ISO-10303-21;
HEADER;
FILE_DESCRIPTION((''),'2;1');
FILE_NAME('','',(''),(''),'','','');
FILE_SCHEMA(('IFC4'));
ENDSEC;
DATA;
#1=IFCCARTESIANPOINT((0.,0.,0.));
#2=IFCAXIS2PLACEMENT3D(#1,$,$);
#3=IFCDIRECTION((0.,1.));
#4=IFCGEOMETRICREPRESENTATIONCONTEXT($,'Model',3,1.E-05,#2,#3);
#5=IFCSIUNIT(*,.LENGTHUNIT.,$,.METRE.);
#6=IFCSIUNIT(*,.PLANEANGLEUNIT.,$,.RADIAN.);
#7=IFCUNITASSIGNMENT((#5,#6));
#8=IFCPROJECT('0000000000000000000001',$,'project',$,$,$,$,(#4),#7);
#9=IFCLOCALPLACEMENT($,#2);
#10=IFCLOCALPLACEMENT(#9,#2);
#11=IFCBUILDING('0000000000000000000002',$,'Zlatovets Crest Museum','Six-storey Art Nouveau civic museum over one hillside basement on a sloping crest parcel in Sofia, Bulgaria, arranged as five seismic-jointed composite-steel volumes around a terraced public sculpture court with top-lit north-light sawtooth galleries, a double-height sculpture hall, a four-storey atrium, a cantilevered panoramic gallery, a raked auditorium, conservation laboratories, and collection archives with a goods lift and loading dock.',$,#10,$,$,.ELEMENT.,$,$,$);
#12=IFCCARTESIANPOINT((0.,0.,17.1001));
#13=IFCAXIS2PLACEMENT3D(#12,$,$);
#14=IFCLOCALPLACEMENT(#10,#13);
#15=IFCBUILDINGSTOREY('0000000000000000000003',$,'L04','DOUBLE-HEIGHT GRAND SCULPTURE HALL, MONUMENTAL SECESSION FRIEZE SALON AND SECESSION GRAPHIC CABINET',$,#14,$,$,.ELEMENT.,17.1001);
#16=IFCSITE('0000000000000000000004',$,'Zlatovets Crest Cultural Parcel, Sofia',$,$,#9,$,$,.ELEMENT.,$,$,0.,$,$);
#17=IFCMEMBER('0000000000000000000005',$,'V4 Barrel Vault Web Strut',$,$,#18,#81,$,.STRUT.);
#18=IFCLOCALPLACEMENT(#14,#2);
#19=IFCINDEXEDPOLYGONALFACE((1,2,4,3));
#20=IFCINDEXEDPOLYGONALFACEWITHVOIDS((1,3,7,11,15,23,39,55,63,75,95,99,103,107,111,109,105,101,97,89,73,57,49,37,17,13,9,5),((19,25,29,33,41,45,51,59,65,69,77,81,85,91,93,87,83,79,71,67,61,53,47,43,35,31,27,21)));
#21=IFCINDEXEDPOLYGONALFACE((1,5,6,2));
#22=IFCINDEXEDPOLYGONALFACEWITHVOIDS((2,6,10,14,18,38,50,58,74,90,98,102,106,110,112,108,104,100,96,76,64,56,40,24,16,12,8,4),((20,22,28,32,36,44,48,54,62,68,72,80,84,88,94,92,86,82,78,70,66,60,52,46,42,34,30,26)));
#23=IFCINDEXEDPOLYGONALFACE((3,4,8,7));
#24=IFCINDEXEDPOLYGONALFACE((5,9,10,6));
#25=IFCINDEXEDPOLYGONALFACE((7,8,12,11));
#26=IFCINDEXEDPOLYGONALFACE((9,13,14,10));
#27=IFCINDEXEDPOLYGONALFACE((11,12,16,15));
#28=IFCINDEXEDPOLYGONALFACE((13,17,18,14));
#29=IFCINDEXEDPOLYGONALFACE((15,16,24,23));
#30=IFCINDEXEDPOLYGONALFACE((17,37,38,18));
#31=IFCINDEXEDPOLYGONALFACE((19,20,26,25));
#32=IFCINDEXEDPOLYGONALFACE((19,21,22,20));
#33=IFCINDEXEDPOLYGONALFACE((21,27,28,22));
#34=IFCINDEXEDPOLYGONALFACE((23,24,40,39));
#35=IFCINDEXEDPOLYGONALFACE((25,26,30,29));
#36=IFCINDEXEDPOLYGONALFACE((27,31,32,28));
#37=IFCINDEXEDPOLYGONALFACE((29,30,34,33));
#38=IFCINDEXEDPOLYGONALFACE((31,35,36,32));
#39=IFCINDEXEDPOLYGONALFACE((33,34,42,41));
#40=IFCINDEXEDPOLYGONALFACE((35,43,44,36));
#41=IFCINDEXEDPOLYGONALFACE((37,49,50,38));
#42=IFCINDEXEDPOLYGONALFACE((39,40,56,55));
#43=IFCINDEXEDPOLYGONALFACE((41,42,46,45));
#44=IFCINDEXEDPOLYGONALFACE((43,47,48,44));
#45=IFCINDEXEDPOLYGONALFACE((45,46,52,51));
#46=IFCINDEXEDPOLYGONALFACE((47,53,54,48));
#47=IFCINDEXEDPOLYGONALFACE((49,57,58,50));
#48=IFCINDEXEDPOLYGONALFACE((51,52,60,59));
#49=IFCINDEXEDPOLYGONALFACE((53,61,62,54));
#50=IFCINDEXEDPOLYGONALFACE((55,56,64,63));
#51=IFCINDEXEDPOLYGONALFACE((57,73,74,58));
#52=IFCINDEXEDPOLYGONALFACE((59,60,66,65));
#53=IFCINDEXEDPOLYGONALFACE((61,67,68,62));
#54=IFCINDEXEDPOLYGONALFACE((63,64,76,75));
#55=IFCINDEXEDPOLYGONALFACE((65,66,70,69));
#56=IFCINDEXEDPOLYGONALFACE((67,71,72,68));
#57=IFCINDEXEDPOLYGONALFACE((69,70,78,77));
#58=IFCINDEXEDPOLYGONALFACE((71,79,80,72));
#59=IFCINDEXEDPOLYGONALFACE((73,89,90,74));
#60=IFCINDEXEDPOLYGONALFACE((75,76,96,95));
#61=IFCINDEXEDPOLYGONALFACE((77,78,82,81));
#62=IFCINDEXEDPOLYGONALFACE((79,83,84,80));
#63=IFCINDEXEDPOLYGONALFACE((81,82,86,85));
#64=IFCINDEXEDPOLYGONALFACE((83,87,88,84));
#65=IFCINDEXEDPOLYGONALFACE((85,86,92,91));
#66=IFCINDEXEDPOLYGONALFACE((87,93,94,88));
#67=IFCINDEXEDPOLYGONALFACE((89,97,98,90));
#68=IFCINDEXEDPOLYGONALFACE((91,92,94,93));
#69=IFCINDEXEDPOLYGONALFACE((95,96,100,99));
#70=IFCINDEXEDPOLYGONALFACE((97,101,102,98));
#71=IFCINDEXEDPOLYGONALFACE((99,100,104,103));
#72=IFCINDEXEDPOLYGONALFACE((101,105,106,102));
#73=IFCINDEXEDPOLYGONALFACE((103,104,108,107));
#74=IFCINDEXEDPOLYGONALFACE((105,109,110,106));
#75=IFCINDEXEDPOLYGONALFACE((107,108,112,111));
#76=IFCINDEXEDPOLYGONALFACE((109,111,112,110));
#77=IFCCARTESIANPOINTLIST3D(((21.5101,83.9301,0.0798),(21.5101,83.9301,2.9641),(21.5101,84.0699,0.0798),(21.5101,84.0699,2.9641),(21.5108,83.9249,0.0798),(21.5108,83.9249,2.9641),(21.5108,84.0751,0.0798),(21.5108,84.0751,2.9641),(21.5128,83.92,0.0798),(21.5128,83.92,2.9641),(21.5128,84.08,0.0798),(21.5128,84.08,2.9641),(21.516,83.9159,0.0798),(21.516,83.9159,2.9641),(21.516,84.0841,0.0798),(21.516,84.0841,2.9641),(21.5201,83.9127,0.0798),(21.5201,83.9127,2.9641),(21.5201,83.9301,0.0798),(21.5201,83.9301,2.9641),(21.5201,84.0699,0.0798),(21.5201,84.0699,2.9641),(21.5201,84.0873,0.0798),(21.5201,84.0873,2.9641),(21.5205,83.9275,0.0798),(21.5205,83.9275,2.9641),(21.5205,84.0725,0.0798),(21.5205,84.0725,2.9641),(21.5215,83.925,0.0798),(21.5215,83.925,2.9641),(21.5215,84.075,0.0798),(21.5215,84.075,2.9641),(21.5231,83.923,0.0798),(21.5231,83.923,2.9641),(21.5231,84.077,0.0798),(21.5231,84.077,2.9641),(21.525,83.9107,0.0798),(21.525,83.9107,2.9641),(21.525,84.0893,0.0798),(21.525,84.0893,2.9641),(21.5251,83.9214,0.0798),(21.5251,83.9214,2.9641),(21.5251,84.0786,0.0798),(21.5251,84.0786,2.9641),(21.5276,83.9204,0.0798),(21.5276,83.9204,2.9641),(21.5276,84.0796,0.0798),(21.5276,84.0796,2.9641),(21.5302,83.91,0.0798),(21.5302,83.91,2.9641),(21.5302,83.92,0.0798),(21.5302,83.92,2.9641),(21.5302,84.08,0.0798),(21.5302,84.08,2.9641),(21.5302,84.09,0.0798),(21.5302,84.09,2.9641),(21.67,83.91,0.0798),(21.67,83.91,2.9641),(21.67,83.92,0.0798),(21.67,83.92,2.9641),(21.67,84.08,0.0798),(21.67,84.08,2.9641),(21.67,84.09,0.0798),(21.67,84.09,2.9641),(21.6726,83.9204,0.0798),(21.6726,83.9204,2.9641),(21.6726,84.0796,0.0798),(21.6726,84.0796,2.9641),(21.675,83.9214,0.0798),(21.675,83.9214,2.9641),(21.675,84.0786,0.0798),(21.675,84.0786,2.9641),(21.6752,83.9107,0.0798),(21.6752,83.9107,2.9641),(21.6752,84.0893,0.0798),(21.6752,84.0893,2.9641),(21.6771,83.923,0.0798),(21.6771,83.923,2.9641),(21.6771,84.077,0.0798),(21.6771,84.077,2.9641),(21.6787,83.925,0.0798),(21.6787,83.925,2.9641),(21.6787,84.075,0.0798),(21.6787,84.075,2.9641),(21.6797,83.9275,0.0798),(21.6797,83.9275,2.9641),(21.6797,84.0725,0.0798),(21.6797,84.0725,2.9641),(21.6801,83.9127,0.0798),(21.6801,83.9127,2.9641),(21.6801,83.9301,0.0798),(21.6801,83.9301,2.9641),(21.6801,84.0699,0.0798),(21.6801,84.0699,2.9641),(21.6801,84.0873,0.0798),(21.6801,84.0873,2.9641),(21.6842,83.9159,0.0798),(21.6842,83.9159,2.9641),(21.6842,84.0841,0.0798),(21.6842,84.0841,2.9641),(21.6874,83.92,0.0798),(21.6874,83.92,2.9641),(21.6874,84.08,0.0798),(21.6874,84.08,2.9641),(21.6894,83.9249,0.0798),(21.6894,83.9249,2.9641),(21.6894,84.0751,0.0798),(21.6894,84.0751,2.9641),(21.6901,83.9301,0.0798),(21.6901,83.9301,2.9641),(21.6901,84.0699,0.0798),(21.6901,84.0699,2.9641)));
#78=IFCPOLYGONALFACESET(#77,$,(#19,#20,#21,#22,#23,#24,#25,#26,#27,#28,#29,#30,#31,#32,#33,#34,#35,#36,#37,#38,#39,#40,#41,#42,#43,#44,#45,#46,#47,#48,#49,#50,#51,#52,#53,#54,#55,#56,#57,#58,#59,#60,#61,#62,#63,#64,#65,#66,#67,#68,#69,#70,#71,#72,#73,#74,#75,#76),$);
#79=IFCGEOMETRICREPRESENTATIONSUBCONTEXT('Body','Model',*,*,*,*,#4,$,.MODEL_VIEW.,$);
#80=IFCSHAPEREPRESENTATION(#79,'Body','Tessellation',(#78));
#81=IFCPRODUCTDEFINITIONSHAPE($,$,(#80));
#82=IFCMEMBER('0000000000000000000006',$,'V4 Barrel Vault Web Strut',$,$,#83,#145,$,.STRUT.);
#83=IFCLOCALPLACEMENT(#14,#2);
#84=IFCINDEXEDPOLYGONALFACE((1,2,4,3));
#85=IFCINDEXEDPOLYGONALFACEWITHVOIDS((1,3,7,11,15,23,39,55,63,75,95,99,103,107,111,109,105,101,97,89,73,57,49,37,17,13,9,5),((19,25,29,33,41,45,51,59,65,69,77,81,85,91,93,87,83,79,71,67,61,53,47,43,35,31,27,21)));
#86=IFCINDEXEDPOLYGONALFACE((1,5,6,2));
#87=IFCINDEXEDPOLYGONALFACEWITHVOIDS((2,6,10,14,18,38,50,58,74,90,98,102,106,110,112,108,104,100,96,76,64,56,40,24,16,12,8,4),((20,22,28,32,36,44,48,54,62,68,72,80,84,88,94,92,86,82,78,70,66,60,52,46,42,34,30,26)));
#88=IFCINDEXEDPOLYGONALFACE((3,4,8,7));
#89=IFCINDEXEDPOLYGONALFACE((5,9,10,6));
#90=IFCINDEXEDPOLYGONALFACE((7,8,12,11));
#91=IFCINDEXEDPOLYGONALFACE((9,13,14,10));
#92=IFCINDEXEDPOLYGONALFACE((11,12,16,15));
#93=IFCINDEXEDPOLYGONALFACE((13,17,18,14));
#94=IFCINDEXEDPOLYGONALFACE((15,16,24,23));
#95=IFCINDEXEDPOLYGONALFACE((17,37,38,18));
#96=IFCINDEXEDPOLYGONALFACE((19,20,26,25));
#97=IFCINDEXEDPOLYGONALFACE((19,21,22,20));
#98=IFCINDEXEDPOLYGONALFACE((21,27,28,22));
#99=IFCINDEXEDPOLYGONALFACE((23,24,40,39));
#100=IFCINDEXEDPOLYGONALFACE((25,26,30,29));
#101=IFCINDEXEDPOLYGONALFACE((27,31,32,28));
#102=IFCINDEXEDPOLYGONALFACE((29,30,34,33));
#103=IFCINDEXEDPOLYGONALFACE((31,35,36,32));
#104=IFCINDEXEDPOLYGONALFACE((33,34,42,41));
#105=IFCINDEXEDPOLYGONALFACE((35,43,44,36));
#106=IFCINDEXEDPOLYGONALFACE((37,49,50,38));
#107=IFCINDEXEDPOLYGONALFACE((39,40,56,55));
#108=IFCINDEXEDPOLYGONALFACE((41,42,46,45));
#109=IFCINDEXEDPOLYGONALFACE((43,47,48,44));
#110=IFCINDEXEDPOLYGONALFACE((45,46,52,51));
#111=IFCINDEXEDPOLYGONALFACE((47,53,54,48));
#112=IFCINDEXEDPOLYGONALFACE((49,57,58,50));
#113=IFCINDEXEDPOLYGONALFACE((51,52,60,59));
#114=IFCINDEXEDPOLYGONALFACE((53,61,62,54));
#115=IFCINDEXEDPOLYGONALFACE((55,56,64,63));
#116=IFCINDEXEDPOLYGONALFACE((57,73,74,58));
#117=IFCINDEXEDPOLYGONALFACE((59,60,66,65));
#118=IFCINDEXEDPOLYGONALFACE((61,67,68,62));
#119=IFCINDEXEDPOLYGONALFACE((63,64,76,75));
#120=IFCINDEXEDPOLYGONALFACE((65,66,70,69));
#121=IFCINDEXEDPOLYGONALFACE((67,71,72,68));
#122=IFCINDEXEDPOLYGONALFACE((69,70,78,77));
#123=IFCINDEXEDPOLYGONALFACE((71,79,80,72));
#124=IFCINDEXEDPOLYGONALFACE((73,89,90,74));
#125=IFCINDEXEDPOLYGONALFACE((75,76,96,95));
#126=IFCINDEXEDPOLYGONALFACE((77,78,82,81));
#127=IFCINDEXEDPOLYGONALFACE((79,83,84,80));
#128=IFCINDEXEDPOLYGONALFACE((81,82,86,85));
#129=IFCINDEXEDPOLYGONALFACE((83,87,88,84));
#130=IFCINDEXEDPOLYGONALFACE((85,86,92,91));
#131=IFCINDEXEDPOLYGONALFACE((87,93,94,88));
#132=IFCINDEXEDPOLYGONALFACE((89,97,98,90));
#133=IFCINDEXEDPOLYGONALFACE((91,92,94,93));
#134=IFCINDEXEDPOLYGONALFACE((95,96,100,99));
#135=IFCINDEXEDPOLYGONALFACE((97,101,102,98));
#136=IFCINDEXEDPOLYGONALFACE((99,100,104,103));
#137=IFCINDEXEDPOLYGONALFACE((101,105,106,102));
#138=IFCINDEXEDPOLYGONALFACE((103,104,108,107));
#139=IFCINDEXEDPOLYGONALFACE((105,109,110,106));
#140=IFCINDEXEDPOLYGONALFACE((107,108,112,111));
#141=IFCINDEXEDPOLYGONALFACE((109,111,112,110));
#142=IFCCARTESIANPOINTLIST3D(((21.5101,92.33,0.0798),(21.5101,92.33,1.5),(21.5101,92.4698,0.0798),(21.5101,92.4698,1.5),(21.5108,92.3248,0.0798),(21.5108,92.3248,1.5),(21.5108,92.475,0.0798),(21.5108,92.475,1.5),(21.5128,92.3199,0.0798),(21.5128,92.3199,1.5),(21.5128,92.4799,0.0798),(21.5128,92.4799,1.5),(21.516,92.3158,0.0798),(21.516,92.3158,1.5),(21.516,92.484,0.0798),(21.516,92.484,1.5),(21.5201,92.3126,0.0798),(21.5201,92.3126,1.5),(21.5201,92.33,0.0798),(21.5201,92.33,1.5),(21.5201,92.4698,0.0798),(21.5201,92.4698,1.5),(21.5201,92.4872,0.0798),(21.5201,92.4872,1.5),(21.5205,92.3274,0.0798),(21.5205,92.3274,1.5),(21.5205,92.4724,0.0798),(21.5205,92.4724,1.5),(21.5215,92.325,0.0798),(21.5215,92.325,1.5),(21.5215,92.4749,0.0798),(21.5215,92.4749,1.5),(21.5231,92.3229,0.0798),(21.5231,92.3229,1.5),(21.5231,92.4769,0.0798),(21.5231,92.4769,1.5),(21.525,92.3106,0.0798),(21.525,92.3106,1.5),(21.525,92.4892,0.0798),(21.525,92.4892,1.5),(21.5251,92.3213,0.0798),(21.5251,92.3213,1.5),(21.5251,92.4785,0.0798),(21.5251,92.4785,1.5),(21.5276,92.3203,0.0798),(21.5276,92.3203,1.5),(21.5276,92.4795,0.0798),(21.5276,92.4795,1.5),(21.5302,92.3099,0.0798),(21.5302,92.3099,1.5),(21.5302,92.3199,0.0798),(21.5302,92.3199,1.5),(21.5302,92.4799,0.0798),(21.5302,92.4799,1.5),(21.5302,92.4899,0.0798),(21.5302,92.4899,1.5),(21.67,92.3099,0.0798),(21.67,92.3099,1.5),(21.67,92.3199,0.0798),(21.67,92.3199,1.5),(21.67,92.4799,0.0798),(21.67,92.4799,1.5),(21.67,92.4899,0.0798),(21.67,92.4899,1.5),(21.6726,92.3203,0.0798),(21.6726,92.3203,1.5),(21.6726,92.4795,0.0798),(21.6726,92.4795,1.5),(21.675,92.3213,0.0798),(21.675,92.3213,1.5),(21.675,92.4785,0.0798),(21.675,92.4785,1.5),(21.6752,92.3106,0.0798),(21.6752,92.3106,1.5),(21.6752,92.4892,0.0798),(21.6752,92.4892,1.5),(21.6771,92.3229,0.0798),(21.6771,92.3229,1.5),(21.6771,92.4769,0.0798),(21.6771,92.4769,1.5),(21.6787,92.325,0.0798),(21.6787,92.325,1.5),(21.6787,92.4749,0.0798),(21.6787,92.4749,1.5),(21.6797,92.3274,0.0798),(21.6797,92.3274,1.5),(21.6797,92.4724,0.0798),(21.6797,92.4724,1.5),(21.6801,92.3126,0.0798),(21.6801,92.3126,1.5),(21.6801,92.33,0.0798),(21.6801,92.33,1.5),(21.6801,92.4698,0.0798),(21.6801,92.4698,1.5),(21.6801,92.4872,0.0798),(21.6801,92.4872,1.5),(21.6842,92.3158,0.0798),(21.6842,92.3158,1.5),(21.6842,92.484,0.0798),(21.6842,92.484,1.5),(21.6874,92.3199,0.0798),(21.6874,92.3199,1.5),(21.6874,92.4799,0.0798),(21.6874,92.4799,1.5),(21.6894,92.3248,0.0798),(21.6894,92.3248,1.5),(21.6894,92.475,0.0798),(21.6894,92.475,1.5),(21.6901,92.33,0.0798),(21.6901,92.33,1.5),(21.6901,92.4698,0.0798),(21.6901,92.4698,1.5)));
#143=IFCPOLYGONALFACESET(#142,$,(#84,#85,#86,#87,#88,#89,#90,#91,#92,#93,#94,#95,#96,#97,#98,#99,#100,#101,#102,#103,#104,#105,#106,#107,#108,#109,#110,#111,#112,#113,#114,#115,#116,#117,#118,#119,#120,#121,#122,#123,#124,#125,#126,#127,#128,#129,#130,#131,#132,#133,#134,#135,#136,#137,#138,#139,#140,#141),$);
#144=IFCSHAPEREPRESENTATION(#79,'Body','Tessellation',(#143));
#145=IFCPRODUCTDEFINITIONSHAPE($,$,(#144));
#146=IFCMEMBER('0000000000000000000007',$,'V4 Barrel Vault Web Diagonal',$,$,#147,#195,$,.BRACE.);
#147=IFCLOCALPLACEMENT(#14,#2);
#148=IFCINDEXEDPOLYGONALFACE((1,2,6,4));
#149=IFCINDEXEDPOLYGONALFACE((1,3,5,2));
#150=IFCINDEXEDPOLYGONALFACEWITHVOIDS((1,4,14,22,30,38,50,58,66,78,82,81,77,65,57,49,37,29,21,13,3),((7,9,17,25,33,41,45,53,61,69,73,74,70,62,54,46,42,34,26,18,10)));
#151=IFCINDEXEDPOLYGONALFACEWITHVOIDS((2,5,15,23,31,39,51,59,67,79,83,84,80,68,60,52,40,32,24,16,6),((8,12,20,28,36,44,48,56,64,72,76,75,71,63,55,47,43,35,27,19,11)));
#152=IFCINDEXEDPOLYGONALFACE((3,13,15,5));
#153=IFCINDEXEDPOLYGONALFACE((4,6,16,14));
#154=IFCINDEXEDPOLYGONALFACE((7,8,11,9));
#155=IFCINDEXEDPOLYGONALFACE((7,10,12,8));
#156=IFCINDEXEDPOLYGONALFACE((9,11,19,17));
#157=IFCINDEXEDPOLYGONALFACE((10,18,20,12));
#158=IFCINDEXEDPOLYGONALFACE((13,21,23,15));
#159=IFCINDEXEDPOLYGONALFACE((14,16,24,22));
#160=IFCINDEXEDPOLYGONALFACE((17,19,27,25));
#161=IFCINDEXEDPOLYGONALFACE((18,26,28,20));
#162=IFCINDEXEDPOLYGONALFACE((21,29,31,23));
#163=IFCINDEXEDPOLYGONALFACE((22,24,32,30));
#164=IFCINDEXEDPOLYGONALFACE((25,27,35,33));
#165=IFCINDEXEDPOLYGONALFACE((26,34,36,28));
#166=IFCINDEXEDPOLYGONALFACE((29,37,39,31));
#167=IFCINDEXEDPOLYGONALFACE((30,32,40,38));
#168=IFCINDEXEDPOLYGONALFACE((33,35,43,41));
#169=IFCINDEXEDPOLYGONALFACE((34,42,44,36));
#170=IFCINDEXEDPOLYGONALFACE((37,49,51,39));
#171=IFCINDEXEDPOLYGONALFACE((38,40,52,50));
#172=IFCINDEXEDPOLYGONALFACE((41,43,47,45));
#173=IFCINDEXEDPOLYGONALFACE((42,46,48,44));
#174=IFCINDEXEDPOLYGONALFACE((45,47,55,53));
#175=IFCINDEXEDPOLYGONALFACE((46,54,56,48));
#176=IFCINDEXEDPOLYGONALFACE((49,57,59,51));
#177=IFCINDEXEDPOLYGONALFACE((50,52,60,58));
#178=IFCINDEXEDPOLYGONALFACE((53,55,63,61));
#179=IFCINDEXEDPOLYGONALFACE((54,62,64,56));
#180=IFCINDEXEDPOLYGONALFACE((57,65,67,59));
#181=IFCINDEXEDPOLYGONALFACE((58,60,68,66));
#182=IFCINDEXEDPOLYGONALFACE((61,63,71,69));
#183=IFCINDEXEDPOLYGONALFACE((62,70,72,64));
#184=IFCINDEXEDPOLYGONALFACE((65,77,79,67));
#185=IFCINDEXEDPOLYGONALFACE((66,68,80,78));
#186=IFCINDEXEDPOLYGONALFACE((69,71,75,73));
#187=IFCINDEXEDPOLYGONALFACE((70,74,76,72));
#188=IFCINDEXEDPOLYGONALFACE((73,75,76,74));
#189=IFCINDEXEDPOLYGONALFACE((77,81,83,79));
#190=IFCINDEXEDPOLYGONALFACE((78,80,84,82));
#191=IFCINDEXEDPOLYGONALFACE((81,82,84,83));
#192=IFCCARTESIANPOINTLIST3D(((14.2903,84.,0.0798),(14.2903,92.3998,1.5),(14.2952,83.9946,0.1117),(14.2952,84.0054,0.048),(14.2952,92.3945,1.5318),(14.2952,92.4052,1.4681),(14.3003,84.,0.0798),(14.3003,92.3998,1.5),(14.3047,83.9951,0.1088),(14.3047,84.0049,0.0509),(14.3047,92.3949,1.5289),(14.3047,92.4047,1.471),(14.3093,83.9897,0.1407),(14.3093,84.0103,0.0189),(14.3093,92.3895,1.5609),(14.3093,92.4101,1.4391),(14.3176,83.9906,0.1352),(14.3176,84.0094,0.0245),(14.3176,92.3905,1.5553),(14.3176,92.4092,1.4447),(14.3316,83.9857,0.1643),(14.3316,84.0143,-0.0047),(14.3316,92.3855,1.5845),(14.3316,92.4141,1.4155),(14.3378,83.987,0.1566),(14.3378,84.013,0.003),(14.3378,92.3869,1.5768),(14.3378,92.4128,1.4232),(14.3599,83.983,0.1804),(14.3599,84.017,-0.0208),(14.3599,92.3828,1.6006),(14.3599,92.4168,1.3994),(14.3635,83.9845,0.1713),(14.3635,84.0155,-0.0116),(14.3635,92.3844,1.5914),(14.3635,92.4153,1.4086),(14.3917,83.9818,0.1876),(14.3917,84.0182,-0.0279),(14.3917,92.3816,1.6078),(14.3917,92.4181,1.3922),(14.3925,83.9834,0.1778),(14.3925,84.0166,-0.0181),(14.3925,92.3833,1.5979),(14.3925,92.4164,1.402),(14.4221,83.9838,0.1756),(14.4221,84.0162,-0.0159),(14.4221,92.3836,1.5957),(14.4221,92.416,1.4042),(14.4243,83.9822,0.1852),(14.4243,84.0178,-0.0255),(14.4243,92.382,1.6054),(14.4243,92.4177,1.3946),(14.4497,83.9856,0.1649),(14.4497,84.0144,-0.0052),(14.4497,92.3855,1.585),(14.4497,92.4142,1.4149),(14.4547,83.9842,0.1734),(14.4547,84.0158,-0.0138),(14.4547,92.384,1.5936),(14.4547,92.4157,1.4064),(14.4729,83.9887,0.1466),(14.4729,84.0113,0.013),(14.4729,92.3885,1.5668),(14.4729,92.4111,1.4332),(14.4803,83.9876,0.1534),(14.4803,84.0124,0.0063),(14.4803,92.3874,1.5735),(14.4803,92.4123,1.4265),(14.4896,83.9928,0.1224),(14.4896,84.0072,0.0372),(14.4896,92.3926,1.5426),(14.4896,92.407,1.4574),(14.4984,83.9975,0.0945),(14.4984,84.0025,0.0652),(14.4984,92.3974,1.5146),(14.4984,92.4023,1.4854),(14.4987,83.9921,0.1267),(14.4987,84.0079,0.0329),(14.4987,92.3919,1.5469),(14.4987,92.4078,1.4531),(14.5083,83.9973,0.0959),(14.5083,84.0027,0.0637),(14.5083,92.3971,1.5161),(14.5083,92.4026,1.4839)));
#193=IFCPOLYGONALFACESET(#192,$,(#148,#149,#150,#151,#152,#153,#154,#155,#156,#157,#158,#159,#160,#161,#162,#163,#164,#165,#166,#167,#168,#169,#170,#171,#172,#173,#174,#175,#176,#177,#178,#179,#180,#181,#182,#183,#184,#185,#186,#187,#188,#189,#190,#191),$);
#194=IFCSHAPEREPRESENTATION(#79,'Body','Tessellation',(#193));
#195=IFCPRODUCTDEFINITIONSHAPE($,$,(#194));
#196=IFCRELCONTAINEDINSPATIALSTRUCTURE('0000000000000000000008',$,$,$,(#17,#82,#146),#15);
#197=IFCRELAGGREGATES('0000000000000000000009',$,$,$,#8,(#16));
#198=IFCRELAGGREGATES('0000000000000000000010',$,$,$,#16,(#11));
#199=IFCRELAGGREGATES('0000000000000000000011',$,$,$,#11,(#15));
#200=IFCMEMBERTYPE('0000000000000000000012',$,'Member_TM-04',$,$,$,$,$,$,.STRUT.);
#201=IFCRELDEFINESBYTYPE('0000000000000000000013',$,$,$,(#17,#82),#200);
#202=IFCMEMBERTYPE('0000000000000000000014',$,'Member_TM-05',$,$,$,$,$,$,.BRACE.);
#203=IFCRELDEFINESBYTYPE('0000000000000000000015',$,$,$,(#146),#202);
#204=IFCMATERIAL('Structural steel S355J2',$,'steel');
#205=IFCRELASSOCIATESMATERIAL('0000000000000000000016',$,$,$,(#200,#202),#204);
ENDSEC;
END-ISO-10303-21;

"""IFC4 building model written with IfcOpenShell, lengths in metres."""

from ifc_helpers import new_model, si_unit, direction, frame, origin, origin_2d, place, context, subcontext, project, spatial, hollow_rectangle, hollow_circle, extrude, material, material_profile, profile_set, type_object, element, save


model = new_model("IFC4")

# Units and contexts
model_context = context("Model", 3, precision=1e-05, world=origin(), true_north=direction((0.0, 1.0)))
body_context = subcontext(model_context, "Body", "Model", "MODEL_VIEW")
ifc_project = project(units=[si_unit("LENGTHUNIT", "METRE"), si_unit("PLANEANGLEUNIT", "RADIAN")], contexts=[model_context])

# Site, building, storey
site_placement = place(None, origin())
site = spatial("IfcSite", under=ifc_project, at=site_placement, Name="Zlatovets Crest Cultural Parcel, Sofia", CompositionType="ELEMENT", RefElevation=0.0)
building_placement = place(site_placement, origin())
building = spatial("IfcBuilding", under=site, at=building_placement, Name="Zlatovets Crest Museum", Description="Six-storey Art Nouveau civic museum over one hillside basement on a sloping crest parcel in Sofia, Bulgaria, arranged as five seismic-jointed composite-steel volumes around a terraced public sculpture court with top-lit north-light sawtooth galleries, a double-height sculpture hall, a four-storey atrium, a cantilevered panoramic gallery, a raked auditorium, conservation laboratories, and collection archives with a goods lift and loading dock.", CompositionType="ELEMENT")
storey_placement = place(building_placement, frame((0.0, 0.0, 17.1001)))
storey = spatial("IfcBuildingStorey", under=building, at=storey_placement, Name="L04", Description="DOUBLE-HEIGHT GRAND SCULPTURE HALL, MONUMENTAL SECESSION FRIEZE SALON AND SECESSION GRAPHIC CABINET", CompositionType="ELEMENT", Elevation=17.1001)

# Shared definitions
ifc_material_1 = material(Name="Structural steel S355J2", Category="steel")

# Members
ifc_material_profile_1 = material_profile(ifc_material_1, hollow_rectangle(XDim=0.1799, YDim=0.1799, WallThickness=0.01, InnerFilletRadius=0.01, OuterFilletRadius=0.02, at=origin_2d()), Name="SHS 180x180x10.0")
ifc_profile_set_1 = profile_set([ifc_material_profile_1], Name="Structural steel S355J2")
member_type_1 = type_object("IfcMemberType", Name="Member_TM-04", PredefinedType="STRUT", material=ifc_profile_set_1)
member_1_placement = place(storey_placement, frame((21.6001, 84.0, 0.0798), z_axis=(0.0, 0.0, 1.0), x_axis=(1.0, 0.0, 0.0)))
element("IfcMember", 1, at=member_1_placement, inside=storey, type_object=member_type_1, Name="V4 Barrel Vault Web Strut", PredefinedType="STRUT", context=body_context, shape_type="SweptSolid", body=[
    extrude(hollow_rectangle(XDim=0.1799, YDim=0.1799, WallThickness=0.01, InnerFilletRadius=0.01, OuterFilletRadius=0.02, at=origin_2d()), origin(), (0.0, 0.0, 1.0), 2.8843),
])
member_2_placement = place(storey_placement, frame((21.6001, 92.3999, 0.0798), z_axis=(0.0, 0.0, 1.0), x_axis=(1.0, 0.0, 0.0)))
element("IfcMember", 2, at=member_2_placement, inside=storey, type_object=member_type_1, Name="V4 Barrel Vault Web Strut", PredefinedType="STRUT", context=body_context, shape_type="SweptSolid", body=[
    extrude(hollow_rectangle(XDim=0.1799, YDim=0.1799, WallThickness=0.01, InnerFilletRadius=0.01, OuterFilletRadius=0.02, at=origin_2d()), origin(), (0.0, 0.0, 1.0), 1.4202),
])
ifc_material_profile_2 = material_profile(ifc_material_1, hollow_circle(Radius=0.1096, WallThickness=0.01, at=origin_2d()), Name="CHS 219.1x10.0")
ifc_profile_set_2 = profile_set([ifc_material_profile_2], Name="Structural steel S355J2")
member_type_2 = type_object("IfcMemberType", Name="Member_TM-05", PredefinedType="BRACE", material=ifc_profile_set_2)
for number, where, z_axis, x_axis, name in (
    (3, (14.3999, 84.0, 0.0798), (0.0, 0.986007, 0.166704), (-1.0, 0.0, 0.0), "V4 Barrel Vault Web Diagonal"),
):
    element("IfcMember", number, at=place(storey_placement, frame(where, z_axis=z_axis, x_axis=x_axis)), inside=storey, type_object=member_type_2, Name=name, PredefinedType="BRACE", context=body_context, shape_type="SweptSolid", body=[
        extrude(hollow_circle(Radius=0.1096, WallThickness=0.01, at=origin_2d()), origin(), (0.0, 0.0, 1.0), 8.519),
    ])

save(model, "model.ifc")
